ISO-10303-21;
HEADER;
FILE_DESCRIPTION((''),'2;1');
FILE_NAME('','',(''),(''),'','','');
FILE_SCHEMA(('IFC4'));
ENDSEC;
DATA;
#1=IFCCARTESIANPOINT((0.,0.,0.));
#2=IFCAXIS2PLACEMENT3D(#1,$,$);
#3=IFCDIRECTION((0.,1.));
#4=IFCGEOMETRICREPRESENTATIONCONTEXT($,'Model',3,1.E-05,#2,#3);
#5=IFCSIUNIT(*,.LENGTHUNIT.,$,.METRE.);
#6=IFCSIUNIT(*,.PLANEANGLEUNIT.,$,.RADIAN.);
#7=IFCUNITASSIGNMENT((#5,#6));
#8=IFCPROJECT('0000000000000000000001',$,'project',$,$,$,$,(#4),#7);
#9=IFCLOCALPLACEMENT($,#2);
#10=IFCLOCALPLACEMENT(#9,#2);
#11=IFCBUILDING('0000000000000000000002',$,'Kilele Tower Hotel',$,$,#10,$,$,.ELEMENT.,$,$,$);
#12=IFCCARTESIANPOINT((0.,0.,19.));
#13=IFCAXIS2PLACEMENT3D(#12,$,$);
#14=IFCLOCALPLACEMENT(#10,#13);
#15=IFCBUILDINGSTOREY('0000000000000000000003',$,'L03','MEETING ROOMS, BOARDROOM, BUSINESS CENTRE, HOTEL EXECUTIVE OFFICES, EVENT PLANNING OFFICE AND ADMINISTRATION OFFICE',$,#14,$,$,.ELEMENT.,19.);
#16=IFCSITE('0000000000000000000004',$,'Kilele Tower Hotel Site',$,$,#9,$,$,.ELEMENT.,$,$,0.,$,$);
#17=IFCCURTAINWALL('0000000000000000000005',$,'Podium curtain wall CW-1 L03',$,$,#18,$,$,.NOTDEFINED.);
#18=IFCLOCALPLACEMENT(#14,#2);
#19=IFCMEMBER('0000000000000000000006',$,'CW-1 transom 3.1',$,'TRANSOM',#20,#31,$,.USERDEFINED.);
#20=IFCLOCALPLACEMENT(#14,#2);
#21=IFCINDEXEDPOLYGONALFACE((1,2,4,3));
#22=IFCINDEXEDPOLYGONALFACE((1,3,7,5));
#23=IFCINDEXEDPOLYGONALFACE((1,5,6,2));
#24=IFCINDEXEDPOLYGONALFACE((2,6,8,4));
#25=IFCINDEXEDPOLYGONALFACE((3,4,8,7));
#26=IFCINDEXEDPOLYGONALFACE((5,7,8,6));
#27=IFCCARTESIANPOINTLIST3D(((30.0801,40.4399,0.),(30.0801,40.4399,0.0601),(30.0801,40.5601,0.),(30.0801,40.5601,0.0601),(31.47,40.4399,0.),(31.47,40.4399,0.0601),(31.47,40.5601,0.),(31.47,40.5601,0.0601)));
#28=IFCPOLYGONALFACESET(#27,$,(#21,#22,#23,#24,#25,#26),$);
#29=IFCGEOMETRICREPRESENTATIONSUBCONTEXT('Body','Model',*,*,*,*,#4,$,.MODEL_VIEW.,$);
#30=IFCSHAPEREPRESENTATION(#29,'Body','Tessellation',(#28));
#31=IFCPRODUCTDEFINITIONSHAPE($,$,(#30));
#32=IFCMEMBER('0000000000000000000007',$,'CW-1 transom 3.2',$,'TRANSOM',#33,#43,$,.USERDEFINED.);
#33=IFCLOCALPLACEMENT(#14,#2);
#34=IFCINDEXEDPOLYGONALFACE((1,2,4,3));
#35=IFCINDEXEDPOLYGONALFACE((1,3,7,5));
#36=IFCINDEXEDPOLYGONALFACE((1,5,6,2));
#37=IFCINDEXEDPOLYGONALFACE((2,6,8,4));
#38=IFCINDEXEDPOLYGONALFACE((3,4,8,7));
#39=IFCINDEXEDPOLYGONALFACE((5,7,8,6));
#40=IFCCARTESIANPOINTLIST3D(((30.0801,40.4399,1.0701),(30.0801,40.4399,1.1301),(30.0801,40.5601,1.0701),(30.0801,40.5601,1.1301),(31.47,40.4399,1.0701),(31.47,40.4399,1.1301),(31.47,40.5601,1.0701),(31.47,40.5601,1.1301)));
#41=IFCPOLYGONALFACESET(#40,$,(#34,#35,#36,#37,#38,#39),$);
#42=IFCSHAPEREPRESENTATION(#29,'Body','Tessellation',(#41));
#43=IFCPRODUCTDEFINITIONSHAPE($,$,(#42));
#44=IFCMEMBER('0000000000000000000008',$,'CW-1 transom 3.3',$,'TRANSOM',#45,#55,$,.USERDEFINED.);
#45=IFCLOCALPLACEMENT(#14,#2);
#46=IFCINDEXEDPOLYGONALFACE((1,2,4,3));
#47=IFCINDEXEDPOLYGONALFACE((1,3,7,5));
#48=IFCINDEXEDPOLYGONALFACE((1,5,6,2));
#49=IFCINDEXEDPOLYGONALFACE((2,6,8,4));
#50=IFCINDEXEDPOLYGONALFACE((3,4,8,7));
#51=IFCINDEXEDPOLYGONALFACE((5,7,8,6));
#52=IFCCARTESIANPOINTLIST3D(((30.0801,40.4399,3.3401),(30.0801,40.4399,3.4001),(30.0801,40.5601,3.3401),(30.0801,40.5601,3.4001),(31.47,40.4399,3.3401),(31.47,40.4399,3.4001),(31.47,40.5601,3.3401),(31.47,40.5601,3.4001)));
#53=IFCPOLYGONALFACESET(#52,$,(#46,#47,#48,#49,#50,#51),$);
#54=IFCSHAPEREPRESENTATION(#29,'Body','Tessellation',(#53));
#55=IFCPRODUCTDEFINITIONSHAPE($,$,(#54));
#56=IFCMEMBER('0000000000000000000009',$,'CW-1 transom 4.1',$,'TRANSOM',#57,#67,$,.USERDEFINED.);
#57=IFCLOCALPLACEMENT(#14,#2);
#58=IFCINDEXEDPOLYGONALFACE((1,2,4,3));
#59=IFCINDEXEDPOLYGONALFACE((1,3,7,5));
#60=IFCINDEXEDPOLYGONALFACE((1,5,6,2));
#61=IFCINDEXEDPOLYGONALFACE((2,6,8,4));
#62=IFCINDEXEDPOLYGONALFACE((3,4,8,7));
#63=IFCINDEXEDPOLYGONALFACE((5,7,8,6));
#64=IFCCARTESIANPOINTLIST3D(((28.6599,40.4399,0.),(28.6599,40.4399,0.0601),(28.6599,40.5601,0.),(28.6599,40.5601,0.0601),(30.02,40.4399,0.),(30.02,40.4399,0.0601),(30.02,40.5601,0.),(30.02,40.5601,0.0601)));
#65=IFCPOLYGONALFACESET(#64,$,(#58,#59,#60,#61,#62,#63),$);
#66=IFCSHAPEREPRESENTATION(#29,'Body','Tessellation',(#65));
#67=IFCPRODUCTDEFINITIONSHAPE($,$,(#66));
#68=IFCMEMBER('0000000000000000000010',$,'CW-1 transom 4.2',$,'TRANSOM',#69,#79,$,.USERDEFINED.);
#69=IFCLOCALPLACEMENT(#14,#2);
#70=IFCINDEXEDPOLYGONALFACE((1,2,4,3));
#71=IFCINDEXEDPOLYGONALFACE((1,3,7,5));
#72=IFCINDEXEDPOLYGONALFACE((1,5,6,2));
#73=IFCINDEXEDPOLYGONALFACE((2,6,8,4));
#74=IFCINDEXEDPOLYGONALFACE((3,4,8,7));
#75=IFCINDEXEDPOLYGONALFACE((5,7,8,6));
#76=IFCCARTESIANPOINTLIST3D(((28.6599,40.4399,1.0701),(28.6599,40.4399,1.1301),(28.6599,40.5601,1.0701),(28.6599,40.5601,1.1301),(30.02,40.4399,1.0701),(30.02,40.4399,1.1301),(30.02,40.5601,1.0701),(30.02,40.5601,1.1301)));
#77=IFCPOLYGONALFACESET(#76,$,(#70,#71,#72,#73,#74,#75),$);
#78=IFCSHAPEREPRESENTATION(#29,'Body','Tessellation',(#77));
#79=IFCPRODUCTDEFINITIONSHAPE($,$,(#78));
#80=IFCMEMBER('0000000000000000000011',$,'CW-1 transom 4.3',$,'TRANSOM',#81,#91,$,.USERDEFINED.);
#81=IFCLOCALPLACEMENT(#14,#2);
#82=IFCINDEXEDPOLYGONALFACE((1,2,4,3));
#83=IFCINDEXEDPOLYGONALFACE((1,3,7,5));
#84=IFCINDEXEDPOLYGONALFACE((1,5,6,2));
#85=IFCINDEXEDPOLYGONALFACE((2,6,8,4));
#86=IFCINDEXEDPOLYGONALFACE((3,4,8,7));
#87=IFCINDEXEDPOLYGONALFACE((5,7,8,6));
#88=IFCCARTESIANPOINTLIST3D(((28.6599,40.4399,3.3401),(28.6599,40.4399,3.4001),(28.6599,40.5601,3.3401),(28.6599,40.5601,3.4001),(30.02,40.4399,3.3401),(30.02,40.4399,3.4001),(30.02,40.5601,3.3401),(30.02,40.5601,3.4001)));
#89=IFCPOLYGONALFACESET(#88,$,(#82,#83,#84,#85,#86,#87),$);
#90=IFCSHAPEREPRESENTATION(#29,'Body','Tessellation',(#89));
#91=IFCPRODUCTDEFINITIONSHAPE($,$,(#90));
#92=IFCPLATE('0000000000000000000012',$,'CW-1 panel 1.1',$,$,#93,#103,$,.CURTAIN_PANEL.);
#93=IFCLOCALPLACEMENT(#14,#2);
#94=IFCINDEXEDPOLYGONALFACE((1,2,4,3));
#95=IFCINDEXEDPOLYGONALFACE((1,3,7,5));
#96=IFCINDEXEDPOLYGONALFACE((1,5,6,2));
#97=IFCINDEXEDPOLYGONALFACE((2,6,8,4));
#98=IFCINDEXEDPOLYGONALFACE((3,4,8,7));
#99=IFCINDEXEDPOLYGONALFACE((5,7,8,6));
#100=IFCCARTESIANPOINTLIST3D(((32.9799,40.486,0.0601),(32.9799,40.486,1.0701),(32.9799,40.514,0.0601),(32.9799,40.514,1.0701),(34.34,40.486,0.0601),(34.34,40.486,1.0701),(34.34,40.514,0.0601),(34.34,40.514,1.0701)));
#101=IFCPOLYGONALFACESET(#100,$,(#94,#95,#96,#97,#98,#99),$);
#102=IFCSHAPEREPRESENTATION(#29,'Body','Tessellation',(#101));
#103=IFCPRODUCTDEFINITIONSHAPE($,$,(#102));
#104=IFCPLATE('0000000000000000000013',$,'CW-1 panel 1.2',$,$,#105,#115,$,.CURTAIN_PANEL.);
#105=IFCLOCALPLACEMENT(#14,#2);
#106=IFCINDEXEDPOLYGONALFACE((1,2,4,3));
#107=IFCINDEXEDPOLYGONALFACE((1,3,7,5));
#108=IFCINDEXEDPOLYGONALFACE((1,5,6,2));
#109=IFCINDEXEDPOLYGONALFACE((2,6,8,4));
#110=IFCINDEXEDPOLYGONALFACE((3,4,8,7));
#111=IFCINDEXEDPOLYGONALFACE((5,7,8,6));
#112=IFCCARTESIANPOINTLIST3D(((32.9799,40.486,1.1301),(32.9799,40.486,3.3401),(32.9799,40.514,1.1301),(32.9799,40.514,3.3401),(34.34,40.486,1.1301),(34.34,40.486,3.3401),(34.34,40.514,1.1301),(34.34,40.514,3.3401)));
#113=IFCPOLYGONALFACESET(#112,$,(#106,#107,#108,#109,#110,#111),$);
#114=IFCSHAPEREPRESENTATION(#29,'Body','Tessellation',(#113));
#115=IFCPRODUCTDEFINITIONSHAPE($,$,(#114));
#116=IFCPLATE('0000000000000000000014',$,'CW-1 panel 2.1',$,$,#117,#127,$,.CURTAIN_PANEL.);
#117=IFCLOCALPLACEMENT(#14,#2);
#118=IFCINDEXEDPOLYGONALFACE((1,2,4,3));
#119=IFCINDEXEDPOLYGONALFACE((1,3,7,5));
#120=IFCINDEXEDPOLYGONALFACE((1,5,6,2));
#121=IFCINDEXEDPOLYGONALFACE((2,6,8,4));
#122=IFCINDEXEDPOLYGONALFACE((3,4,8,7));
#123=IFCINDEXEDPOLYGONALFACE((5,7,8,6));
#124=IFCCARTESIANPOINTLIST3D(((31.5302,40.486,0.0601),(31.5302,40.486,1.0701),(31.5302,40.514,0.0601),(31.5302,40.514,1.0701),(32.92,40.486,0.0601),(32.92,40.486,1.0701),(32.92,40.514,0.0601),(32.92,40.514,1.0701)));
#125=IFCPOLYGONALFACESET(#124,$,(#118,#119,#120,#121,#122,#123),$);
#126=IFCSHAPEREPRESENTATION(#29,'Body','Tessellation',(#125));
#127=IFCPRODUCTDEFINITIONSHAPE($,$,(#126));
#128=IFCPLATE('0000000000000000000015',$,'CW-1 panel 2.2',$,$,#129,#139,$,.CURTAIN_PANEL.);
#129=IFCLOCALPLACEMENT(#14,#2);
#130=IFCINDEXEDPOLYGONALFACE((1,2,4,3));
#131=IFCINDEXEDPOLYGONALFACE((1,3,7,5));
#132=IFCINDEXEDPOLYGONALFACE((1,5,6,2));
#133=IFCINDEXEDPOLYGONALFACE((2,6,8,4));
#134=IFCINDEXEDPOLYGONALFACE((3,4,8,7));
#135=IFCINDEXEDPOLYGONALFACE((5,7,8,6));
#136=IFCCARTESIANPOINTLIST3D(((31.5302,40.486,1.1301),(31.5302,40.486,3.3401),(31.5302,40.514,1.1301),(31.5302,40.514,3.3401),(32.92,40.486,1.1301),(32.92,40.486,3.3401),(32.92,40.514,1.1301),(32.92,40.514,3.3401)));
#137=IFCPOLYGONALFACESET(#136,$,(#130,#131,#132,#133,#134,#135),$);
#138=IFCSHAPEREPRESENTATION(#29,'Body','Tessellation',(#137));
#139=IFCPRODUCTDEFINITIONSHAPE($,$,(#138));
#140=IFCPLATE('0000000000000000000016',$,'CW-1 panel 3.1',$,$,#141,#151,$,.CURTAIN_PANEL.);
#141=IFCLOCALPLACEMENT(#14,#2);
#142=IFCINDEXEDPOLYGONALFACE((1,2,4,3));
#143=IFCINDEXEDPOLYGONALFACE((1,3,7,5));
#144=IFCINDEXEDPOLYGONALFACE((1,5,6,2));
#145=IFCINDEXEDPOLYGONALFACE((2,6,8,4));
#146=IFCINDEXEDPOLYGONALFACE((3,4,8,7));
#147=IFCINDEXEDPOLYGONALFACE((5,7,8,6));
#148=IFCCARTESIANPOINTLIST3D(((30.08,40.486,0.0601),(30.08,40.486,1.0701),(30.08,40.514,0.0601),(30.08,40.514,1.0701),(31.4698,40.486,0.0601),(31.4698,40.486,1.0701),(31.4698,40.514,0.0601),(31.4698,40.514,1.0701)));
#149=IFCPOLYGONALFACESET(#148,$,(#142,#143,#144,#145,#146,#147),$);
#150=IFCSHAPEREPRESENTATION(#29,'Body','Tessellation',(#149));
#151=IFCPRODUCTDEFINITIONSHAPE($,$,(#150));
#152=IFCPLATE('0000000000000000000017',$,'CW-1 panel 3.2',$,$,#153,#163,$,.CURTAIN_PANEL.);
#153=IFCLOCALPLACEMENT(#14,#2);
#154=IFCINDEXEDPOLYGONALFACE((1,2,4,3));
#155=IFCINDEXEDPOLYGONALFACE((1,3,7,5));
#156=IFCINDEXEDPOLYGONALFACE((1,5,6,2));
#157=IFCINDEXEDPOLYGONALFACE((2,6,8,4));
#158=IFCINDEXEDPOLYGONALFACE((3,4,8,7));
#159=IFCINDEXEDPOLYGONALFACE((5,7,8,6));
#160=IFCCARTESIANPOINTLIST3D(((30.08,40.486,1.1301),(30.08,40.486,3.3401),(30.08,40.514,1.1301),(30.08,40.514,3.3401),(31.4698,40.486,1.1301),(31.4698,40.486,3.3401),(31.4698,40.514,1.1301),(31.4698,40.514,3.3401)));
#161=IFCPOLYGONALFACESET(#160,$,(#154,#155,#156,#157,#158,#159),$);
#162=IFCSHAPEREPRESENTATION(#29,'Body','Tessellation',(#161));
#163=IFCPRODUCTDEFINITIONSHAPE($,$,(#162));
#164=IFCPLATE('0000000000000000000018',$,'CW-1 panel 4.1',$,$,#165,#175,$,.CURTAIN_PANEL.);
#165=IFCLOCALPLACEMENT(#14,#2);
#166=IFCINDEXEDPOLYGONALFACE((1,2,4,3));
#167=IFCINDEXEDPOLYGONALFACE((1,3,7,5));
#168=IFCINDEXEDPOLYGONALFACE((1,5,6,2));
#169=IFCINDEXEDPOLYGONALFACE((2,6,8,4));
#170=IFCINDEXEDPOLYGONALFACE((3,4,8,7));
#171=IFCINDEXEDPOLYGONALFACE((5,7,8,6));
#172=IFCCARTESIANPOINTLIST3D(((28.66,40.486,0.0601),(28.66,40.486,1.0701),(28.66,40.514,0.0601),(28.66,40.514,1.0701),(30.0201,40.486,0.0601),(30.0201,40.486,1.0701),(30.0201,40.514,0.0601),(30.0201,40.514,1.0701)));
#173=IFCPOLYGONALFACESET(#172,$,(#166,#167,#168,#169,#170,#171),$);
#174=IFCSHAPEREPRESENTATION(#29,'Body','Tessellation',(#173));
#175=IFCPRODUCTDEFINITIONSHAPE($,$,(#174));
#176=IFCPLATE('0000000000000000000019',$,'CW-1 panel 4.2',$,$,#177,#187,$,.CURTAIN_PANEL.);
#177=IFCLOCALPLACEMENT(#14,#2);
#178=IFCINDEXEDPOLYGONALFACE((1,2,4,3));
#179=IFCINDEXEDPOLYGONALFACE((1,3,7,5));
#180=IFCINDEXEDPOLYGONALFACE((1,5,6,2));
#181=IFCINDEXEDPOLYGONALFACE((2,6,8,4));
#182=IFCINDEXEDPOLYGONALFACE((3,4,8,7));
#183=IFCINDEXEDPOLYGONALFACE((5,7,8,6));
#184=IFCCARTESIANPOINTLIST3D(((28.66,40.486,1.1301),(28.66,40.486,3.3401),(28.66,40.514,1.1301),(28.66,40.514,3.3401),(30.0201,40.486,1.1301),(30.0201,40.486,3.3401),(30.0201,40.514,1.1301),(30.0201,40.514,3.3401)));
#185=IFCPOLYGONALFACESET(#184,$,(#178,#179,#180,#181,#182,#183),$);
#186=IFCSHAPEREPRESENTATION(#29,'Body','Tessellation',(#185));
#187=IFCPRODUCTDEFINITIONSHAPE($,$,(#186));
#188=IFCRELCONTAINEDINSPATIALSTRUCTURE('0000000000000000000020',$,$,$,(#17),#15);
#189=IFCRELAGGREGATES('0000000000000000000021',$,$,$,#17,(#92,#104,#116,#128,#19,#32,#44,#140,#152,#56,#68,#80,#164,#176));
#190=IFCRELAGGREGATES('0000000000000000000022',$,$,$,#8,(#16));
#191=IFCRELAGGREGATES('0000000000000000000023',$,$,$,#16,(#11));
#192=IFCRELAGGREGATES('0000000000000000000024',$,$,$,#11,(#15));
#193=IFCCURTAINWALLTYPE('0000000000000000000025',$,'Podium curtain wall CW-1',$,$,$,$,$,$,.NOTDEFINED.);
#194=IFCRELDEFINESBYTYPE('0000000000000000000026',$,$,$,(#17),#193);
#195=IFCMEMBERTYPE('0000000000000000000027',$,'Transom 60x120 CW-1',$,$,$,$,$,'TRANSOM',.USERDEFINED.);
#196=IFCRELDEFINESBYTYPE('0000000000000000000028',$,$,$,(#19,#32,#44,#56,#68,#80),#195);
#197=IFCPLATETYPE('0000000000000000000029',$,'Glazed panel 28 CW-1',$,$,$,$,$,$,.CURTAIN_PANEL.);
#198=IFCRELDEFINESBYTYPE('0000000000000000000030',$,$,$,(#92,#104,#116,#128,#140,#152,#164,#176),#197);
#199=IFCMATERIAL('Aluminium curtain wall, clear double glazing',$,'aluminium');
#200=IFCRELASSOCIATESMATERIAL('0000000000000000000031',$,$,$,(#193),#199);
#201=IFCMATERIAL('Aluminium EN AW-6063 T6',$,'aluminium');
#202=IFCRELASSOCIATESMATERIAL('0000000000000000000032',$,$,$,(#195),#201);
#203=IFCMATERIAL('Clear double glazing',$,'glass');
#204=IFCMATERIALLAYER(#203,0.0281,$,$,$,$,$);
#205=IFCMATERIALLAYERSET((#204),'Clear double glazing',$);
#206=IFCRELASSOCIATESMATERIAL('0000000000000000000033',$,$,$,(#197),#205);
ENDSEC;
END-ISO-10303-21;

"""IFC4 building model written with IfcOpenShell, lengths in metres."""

from ifc_helpers import new_model, si_unit, direction, frame, origin, origin_2d, place, context, subcontext, project, spatial, rectangle, extrude, material, layer, layer_set, material_profile, profile_set, type_object, element, aggregate, save


model = new_model("IFC4")

# Units and contexts
model_context = context("Model", 3, precision=1e-05, world=origin(), true_north=direction((0.0, 1.0)))
body_context = subcontext(model_context, "Body", "Model", "MODEL_VIEW")
ifc_project = project(units=[si_unit("LENGTHUNIT", "METRE"), si_unit("PLANEANGLEUNIT", "RADIAN")], contexts=[model_context])

# Site, building, storey
site_placement = place(None, origin())
site = spatial("IfcSite", under=ifc_project, at=site_placement, Name="Kilele Tower Hotel Site", CompositionType="ELEMENT", RefElevation=0.0)
building_placement = place(site_placement, origin())
building = spatial("IfcBuilding", under=site, at=building_placement, Name="Kilele Tower Hotel", CompositionType="ELEMENT")
storey_placement = place(building_placement, frame((0.0, 0.0, 19.0)))
storey = spatial("IfcBuildingStorey", under=building, at=storey_placement, Name="L03", Description="MEETING ROOMS, BOARDROOM, BUSINESS CENTRE, HOTEL EXECUTIVE OFFICES, EVENT PLANNING OFFICE AND ADMINISTRATION OFFICE", CompositionType="ELEMENT", Elevation=19.0)

# Curtain wall
ifc_material_1 = material(Name="Aluminium curtain wall, clear double glazing", Category="aluminium")
curtain_wall_type = type_object("IfcCurtainWallType", Name="Podium curtain wall CW-1", PredefinedType="NOTDEFINED", material=ifc_material_1)
curtain_wall_1_placement = place(storey_placement, origin())
curtain_wall_1 = element("IfcCurtainWall", 1, at=curtain_wall_1_placement, inside=storey, type_object=curtain_wall_type, Name="Podium curtain wall CW-1 L03", PredefinedType="NOTDEFINED")

# Members
ifc_material_2 = material(Name="Aluminium EN AW-6063 T6", Category="aluminium")
ifc_material_profile_1 = material_profile(ifc_material_2, rectangle(XDim=0.1201, YDim=0.0601, at=origin_2d()))
ifc_profile_set_1 = profile_set([ifc_material_profile_1], Name="Aluminium EN AW-6063 T6")
member_type_1 = type_object("IfcMemberType", Name="Transom 60x120 CW-1", ElementType="TRANSOM", PredefinedType="USERDEFINED", material=ifc_profile_set_1)
member_1_placement = place(storey_placement, frame((31.47, 40.5, 0.03), z_axis=(-1.0, 0.0, 0.0), x_axis=(0.0, -1.0, 0.0)))
member_1 = element("IfcMember", 2, at=member_1_placement, type_object=member_type_1, Name="CW-1 transom 3.1", ObjectType="TRANSOM", PredefinedType="USERDEFINED", context=body_context, shape_type="SweptSolid", body=[
    extrude(rectangle(XDim=0.1201, YDim=0.0601, at=origin_2d()), origin(), (0.0, 0.0, 1.0), 1.3899),
])
member_2_placement = place(storey_placement, frame((31.47, 40.5, 1.1001), z_axis=(-1.0, 0.0, 0.0), x_axis=(0.0, -1.0, 0.0)))
member_2 = element("IfcMember", 3, at=member_2_placement, type_object=member_type_1, Name="CW-1 transom 3.2", ObjectType="TRANSOM", PredefinedType="USERDEFINED", context=body_context, shape_type="SweptSolid", body=[
    extrude(rectangle(XDim=0.1201, YDim=0.0601, at=origin_2d()), origin(), (0.0, 0.0, 1.0), 1.3899),
])
member_3_placement = place(storey_placement, frame((31.47, 40.5, 3.3701), z_axis=(-1.0, 0.0, 0.0), x_axis=(0.0, -1.0, 0.0)))
member_3 = element("IfcMember", 4, at=member_3_placement, type_object=member_type_1, Name="CW-1 transom 3.3", ObjectType="TRANSOM", PredefinedType="USERDEFINED", context=body_context, shape_type="SweptSolid", body=[
    extrude(rectangle(XDim=0.1201, YDim=0.0601, at=origin_2d()), origin(), (0.0, 0.0, 1.0), 1.3899),
])
member_4_placement = place(storey_placement, frame((30.02, 40.5, 0.03), z_axis=(-1.0, 0.0, 0.0), x_axis=(0.0, -1.0, 0.0)))
member_4 = element("IfcMember", 5, at=member_4_placement, type_object=member_type_1, Name="CW-1 transom 4.1", ObjectType="TRANSOM", PredefinedType="USERDEFINED", context=body_context, shape_type="SweptSolid", body=[
    extrude(rectangle(XDim=0.1201, YDim=0.0601, at=origin_2d()), origin(), (0.0, 0.0, 1.0), 1.3601),
])
member_5_placement = place(storey_placement, frame((30.02, 40.5, 1.1001), z_axis=(-1.0, 0.0, 0.0), x_axis=(0.0, -1.0, 0.0)))
member_5 = element("IfcMember", 6, at=member_5_placement, type_object=member_type_1, Name="CW-1 transom 4.2", ObjectType="TRANSOM", PredefinedType="USERDEFINED", context=body_context, shape_type="SweptSolid", body=[
    extrude(rectangle(XDim=0.1201, YDim=0.0601, at=origin_2d()), origin(), (0.0, 0.0, 1.0), 1.3601),
])
member_6_placement = place(storey_placement, frame((30.02, 40.5, 3.3701), z_axis=(-1.0, 0.0, 0.0), x_axis=(0.0, -1.0, 0.0)))
member_6 = element("IfcMember", 7, at=member_6_placement, type_object=member_type_1, Name="CW-1 transom 4.3", ObjectType="TRANSOM", PredefinedType="USERDEFINED", context=body_context, shape_type="SweptSolid", body=[
    extrude(rectangle(XDim=0.1201, YDim=0.0601, at=origin_2d()), origin(), (0.0, 0.0, 1.0), 1.3601),
])

# Plates
ifc_material_3 = material(Name="Clear double glazing", Category="glass")
ifc_layer = layer(ifc_material_3, 0.0281)
ifc_layer_set = layer_set([ifc_layer], Name="Clear double glazing")
plate_type = type_object("IfcPlateType", Name="Glazed panel 28 CW-1", PredefinedType="CURTAIN_PANEL", material=ifc_layer_set)
plate_1_placement = place(storey_placement, frame((33.6599, 40.5, 0.0601), z_axis=(0.0, 0.0, 1.0), x_axis=(-1.0, 0.0, 0.0)))
plate_1 = element("IfcPlate", 8, at=plate_1_placement, type_object=plate_type, Name="CW-1 panel 1.1", PredefinedType="CURTAIN_PANEL", context=body_context, shape_type="SweptSolid", body=[
    extrude(rectangle(XDim=1.3601, YDim=0.0281, at=origin_2d()), origin(), (0.0, 0.0, 1.0), 1.01),
])
plate_2_placement = place(storey_placement, frame((33.6599, 40.5, 1.1301), z_axis=(0.0, 0.0, 1.0), x_axis=(-1.0, 0.0, 0.0)))
plate_2 = element("IfcPlate", 9, at=plate_2_placement, type_object=plate_type, Name="CW-1 panel 1.2", PredefinedType="CURTAIN_PANEL", context=body_context, shape_type="SweptSolid", body=[
    extrude(rectangle(XDim=1.3601, YDim=0.0281, at=origin_2d()), origin(), (0.0, 0.0, 1.0), 2.21),
])
plate_3_placement = place(storey_placement, frame((32.2251, 40.5, 0.0601), z_axis=(0.0, 0.0, 1.0), x_axis=(-1.0, 0.0, 0.0)))
plate_3 = element("IfcPlate", 10, at=plate_3_placement, type_object=plate_type, Name="CW-1 panel 2.1", PredefinedType="CURTAIN_PANEL", context=body_context, shape_type="SweptSolid", body=[
    extrude(rectangle(XDim=1.3899, YDim=0.0281, at=origin_2d()), origin(), (0.0, 0.0, 1.0), 1.01),
])
plate_4_placement = place(storey_placement, frame((32.2251, 40.5, 1.1301), z_axis=(0.0, 0.0, 1.0), x_axis=(-1.0, 0.0, 0.0)))
plate_4 = element("IfcPlate", 11, at=plate_4_placement, type_object=plate_type, Name="CW-1 panel 2.2", PredefinedType="CURTAIN_PANEL", context=body_context, shape_type="SweptSolid", body=[
    extrude(rectangle(XDim=1.3899, YDim=0.0281, at=origin_2d()), origin(), (0.0, 0.0, 1.0), 2.21),
])
plate_5_placement = place(storey_placement, frame((30.7749, 40.5, 0.0601), z_axis=(0.0, 0.0, 1.0), x_axis=(-1.0, 0.0, 0.0)))
plate_5 = element("IfcPlate", 12, at=plate_5_placement, type_object=plate_type, Name="CW-1 panel 3.1", PredefinedType="CURTAIN_PANEL", context=body_context, shape_type="SweptSolid", body=[
    extrude(rectangle(XDim=1.3899, YDim=0.0281, at=origin_2d()), origin(), (0.0, 0.0, 1.0), 1.01),
])
plate_6_placement = place(storey_placement, frame((30.7749, 40.5, 1.1301), z_axis=(0.0, 0.0, 1.0), x_axis=(-1.0, 0.0, 0.0)))
plate_6 = element("IfcPlate", 13, at=plate_6_placement, type_object=plate_type, Name="CW-1 panel 3.2", PredefinedType="CURTAIN_PANEL", context=body_context, shape_type="SweptSolid", body=[
    extrude(rectangle(XDim=1.3899, YDim=0.0281, at=origin_2d()), origin(), (0.0, 0.0, 1.0), 2.21),
])
plate_7_placement = place(storey_placement, frame((29.3401, 40.5, 0.0601), z_axis=(0.0, 0.0, 1.0), x_axis=(-1.0, 0.0, 0.0)))
plate_7 = element("IfcPlate", 14, at=plate_7_placement, type_object=plate_type, Name="CW-1 panel 4.1", PredefinedType="CURTAIN_PANEL", context=body_context, shape_type="SweptSolid", body=[
    extrude(rectangle(XDim=1.3601, YDim=0.0281, at=origin_2d()), origin(), (0.0, 0.0, 1.0), 1.01),
])
plate_8_placement = place(storey_placement, frame((29.3401, 40.5, 1.1301), z_axis=(0.0, 0.0, 1.0), x_axis=(-1.0, 0.0, 0.0)))
plate_8 = element("IfcPlate", 15, at=plate_8_placement, type_object=plate_type, Name="CW-1 panel 4.2", PredefinedType="CURTAIN_PANEL", context=body_context, shape_type="SweptSolid", body=[
    extrude(rectangle(XDim=1.3601, YDim=0.0281, at=origin_2d()), origin(), (0.0, 0.0, 1.0), 2.21),
])
aggregate(curtain_wall_1, [plate_1, plate_2, plate_3, plate_4, member_1, member_2, member_3, plate_5, plate_6, member_4, member_5, member_6, plate_7, plate_8])

save(model, "model.ifc")
